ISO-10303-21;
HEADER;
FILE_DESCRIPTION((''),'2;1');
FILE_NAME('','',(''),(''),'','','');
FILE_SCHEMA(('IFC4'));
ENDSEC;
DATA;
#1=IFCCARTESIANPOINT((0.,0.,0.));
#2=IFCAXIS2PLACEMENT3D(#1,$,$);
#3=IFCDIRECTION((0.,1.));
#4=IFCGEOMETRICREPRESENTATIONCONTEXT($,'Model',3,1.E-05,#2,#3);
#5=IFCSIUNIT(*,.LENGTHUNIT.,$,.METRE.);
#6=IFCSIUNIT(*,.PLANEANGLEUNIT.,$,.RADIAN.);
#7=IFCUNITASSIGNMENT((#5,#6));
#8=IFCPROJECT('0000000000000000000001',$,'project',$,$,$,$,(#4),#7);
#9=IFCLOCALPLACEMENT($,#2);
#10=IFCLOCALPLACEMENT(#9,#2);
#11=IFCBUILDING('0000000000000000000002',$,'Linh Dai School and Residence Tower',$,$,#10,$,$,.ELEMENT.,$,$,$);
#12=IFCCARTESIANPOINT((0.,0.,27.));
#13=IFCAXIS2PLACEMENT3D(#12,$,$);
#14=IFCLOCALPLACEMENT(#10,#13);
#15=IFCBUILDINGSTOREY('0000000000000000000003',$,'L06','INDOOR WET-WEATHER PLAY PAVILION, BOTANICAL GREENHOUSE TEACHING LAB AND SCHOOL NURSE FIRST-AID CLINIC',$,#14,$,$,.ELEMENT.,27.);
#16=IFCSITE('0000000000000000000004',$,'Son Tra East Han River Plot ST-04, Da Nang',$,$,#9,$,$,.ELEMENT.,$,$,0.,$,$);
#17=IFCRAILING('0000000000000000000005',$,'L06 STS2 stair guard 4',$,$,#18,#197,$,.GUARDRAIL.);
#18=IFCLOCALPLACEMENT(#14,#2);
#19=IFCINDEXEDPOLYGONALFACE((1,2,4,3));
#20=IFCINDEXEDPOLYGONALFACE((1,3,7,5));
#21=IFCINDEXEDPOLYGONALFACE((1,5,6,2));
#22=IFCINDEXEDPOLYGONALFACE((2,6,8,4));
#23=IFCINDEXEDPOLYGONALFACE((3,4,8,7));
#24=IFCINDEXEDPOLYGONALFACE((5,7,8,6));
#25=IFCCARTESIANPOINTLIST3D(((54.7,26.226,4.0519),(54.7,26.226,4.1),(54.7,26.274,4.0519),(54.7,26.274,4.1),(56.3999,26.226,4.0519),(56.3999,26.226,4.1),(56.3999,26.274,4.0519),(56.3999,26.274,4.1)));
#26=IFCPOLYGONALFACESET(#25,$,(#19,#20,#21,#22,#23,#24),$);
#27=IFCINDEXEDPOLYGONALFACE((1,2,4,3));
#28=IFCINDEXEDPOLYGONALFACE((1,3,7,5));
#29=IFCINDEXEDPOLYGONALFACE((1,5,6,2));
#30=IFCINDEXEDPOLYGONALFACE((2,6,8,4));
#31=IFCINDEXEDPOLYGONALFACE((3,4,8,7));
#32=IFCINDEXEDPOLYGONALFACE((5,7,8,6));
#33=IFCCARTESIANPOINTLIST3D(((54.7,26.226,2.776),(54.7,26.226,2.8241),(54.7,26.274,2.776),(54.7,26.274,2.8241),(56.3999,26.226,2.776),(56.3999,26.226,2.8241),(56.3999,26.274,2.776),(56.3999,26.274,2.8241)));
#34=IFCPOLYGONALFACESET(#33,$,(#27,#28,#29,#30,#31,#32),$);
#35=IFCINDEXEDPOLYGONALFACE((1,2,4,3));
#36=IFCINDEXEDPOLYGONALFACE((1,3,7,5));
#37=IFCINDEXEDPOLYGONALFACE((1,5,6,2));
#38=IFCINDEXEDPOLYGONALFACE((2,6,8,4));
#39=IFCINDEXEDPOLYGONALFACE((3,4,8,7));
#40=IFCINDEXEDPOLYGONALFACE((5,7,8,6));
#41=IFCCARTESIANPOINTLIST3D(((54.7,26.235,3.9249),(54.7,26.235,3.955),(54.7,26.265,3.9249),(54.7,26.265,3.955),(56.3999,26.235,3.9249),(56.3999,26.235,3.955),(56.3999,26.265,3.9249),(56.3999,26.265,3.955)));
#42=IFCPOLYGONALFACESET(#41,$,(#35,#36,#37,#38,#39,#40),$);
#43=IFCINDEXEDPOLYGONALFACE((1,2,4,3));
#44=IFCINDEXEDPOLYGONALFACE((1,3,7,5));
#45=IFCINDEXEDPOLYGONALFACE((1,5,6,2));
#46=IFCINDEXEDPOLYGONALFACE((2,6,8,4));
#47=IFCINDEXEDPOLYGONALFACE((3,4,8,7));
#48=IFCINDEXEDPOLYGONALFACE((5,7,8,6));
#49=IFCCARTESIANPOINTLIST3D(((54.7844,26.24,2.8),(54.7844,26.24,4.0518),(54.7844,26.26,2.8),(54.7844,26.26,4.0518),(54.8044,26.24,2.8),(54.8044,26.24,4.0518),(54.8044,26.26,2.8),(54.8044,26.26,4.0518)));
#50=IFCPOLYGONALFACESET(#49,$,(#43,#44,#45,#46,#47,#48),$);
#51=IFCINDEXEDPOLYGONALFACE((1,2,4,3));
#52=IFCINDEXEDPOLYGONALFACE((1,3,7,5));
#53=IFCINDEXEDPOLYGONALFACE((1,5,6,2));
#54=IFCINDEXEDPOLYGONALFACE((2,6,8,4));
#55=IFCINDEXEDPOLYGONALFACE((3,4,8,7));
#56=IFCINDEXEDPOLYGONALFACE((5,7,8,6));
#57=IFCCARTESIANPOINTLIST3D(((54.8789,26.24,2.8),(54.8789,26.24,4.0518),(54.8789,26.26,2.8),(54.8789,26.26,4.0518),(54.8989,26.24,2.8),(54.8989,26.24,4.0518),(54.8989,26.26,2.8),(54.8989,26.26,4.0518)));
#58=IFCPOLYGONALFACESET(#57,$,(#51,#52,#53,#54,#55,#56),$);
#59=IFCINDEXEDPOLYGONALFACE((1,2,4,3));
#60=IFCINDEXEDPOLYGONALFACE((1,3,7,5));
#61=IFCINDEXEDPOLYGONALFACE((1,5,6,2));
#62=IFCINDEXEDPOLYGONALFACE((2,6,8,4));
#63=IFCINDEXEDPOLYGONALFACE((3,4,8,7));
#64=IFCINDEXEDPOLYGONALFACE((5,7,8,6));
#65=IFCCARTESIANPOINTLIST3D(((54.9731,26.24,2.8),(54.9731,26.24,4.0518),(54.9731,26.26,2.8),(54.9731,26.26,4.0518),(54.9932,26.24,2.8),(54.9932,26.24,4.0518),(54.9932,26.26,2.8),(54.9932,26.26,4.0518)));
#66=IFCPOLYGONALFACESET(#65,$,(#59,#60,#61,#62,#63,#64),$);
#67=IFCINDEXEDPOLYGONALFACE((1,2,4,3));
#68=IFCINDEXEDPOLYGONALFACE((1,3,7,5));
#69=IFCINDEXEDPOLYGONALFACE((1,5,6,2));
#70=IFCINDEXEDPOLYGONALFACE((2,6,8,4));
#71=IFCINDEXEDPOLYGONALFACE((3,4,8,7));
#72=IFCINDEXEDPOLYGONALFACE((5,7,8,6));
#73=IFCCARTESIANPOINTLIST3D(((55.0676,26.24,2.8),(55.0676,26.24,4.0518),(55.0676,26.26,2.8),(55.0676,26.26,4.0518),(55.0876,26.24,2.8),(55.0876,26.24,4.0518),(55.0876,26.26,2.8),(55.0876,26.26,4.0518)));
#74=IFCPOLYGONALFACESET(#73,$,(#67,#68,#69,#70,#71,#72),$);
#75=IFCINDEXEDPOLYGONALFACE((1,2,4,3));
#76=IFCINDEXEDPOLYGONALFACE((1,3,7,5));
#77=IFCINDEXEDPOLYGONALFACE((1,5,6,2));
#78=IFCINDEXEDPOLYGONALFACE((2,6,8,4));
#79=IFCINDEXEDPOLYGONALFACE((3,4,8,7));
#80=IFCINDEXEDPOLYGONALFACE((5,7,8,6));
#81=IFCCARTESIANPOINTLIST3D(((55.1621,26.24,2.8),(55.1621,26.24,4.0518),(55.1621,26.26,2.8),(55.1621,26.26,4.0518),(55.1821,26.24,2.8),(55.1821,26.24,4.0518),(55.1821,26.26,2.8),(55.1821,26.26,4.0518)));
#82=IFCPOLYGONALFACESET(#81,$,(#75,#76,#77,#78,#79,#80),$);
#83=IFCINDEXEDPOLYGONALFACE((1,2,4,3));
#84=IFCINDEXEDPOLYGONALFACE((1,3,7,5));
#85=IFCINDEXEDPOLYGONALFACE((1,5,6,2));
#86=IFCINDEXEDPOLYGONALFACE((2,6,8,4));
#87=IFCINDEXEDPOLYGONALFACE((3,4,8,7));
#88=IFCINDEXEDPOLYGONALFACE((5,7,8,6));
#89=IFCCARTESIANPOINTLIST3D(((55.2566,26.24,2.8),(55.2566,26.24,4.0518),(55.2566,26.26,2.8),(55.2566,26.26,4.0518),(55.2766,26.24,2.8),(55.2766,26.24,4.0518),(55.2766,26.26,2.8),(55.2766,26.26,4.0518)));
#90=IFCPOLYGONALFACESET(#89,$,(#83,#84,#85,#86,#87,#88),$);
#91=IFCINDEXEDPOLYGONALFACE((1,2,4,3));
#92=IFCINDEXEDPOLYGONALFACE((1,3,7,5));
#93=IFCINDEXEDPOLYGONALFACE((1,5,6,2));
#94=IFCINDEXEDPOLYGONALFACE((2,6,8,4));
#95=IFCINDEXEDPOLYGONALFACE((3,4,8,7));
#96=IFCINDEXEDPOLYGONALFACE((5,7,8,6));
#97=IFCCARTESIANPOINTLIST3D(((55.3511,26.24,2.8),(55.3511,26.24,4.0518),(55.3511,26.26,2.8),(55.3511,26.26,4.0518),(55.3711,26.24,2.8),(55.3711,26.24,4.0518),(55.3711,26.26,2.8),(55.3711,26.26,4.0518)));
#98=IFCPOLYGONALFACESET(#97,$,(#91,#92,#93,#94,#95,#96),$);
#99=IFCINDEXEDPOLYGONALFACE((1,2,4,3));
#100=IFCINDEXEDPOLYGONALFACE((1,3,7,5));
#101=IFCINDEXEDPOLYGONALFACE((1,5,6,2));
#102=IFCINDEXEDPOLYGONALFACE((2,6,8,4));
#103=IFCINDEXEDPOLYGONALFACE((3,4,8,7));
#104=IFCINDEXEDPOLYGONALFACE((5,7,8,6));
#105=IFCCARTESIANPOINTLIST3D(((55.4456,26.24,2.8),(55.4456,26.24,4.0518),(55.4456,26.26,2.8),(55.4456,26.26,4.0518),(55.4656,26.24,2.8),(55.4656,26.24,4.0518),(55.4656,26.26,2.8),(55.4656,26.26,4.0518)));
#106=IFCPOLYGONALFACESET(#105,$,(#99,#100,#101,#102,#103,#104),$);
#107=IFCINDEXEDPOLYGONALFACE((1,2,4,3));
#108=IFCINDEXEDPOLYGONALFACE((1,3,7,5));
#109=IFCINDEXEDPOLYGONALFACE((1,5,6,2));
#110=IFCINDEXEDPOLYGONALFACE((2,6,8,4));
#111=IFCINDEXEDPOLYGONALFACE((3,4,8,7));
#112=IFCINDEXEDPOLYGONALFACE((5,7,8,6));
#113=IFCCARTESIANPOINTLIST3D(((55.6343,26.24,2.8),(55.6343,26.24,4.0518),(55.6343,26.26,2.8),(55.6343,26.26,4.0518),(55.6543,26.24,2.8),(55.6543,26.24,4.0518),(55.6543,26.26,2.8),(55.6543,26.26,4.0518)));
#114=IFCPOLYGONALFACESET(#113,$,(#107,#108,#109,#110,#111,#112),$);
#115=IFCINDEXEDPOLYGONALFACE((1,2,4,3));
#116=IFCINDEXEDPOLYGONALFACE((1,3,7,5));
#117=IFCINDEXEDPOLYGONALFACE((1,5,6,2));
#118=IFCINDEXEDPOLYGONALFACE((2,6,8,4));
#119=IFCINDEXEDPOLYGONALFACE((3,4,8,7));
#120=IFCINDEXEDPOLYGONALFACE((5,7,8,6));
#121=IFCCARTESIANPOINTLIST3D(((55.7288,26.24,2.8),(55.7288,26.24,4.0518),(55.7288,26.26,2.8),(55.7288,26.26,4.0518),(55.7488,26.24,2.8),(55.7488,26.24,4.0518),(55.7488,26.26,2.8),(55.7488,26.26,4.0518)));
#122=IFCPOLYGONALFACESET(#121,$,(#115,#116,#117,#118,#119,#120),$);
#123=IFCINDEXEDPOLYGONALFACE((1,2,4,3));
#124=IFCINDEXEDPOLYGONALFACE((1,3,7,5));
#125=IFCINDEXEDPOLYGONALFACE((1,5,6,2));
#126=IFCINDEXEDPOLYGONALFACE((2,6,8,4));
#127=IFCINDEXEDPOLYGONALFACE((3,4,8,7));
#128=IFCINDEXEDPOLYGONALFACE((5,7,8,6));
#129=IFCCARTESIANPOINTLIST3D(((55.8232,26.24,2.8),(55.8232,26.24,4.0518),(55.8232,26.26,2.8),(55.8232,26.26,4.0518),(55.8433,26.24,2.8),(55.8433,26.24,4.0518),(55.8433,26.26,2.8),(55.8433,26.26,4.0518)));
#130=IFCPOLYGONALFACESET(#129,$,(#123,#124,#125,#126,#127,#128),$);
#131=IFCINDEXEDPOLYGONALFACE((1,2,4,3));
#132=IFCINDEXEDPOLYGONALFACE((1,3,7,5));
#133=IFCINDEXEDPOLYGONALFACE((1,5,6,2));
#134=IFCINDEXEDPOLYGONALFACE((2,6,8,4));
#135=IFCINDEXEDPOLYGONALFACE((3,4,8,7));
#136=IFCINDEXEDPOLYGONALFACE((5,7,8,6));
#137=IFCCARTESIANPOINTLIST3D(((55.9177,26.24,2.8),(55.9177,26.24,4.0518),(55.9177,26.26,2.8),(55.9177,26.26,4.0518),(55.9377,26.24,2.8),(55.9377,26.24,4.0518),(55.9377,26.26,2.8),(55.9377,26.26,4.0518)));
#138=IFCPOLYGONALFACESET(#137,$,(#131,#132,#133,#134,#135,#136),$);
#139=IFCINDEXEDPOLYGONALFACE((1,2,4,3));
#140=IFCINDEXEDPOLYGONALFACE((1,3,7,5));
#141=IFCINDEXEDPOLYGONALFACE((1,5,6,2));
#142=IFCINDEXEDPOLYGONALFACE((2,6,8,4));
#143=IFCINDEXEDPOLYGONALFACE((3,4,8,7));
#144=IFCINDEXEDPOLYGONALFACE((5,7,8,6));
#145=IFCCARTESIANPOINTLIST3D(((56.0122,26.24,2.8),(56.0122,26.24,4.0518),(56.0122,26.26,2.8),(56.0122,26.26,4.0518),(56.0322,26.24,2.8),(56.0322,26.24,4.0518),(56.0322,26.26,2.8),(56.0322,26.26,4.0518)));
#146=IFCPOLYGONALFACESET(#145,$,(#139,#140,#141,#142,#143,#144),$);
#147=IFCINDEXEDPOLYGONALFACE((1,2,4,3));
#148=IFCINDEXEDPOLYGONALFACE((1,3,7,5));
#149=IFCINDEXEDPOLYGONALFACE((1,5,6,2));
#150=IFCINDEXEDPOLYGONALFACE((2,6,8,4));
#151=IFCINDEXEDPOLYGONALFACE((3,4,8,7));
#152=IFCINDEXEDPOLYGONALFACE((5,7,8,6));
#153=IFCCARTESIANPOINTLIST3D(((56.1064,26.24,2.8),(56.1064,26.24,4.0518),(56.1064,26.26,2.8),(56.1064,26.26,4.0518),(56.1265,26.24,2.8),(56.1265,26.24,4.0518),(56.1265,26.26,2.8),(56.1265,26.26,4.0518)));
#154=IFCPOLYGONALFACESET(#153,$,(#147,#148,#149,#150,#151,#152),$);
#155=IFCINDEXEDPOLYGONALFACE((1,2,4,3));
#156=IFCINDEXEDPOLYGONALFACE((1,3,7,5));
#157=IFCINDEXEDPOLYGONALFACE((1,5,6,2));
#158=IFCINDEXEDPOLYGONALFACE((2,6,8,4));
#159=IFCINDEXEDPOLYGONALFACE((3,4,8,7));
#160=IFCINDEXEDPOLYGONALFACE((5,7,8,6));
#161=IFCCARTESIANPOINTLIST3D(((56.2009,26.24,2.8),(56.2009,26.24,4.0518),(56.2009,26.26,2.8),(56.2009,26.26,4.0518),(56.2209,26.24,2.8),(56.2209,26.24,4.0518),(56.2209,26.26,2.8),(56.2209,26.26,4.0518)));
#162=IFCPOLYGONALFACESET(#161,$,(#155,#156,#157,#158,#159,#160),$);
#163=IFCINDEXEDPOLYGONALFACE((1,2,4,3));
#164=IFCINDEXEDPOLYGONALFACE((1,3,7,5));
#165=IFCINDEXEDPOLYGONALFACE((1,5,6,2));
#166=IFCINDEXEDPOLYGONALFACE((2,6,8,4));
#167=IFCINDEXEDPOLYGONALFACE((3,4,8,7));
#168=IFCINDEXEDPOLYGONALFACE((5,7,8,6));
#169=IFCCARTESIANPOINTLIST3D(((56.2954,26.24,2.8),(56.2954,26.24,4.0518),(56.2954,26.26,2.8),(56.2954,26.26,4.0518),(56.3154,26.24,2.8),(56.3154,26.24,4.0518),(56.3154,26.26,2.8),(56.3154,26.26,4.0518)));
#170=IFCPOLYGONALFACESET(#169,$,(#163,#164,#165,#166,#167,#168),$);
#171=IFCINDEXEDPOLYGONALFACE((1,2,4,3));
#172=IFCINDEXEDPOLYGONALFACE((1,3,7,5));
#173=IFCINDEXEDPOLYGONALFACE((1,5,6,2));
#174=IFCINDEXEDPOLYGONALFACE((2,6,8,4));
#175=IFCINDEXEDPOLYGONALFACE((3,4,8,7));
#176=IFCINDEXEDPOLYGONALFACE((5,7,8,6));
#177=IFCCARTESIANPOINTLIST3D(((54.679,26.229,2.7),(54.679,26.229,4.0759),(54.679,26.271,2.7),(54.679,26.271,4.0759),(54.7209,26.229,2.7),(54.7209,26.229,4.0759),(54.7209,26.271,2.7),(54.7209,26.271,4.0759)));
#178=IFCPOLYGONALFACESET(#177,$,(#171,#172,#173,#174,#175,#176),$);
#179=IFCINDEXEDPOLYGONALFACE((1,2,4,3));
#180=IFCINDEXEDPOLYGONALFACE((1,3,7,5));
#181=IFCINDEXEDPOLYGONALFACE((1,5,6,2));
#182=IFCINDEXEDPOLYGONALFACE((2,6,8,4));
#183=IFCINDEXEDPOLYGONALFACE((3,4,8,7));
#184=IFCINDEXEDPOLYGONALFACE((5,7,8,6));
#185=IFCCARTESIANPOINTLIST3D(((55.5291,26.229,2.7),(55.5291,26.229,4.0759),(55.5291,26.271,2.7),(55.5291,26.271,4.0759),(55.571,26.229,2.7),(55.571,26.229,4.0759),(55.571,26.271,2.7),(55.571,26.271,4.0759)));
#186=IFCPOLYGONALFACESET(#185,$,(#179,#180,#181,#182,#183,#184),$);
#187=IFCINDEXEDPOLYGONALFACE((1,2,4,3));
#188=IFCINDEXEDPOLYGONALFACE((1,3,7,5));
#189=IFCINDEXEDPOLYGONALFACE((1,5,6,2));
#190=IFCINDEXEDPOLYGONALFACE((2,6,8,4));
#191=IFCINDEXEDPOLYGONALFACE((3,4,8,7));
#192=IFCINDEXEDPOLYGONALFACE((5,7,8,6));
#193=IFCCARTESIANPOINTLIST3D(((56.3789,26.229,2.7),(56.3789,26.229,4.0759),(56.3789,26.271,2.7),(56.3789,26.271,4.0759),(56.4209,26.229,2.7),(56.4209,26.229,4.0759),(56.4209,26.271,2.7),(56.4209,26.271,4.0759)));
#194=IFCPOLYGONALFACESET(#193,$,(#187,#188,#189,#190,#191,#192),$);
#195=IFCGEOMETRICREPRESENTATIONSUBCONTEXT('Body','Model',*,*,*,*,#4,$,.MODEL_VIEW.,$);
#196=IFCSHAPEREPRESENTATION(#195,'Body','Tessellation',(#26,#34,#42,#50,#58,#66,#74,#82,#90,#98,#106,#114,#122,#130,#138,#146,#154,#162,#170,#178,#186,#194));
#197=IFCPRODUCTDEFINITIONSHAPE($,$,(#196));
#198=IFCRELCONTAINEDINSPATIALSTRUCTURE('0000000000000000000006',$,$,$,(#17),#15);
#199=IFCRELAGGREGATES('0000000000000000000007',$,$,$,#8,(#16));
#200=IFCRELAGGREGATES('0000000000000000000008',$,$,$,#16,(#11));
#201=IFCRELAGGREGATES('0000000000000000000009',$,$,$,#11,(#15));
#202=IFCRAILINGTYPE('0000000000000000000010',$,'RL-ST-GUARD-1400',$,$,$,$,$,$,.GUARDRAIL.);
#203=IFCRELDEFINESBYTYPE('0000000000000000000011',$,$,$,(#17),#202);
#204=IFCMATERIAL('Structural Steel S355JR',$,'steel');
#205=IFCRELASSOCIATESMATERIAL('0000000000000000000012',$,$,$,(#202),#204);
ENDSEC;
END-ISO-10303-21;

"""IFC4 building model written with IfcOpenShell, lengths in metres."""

from ifc_helpers import new_model, si_unit, direction, frame, origin, origin_2d, place, context, subcontext, project, spatial, rectangle, extrude, source, transform, mapped, material, type_object, element, save


model = new_model("IFC4")

# Units and contexts
model_context = context("Model", 3, precision=1e-05, world=origin(), true_north=direction((0.0, 1.0)))
body_context = subcontext(model_context, "Body", "Model", "MODEL_VIEW")
ifc_project = project(units=[si_unit("LENGTHUNIT", "METRE"), si_unit("PLANEANGLEUNIT", "RADIAN")], contexts=[model_context])

# Site, building, storey
site_placement = place(None, origin())
site = spatial("IfcSite", under=ifc_project, at=site_placement, Name="Son Tra East Han River Plot ST-04, Da Nang", CompositionType="ELEMENT", RefElevation=0.0)
building_placement = place(site_placement, origin())
building = spatial("IfcBuilding", under=site, at=building_placement, Name="Linh Dai School and Residence Tower", CompositionType="ELEMENT")
storey_placement = place(building_placement, frame((0.0, 0.0, 27.0)))
storey = spatial("IfcBuildingStorey", under=building, at=storey_placement, Name="L06", Description="INDOOR WET-WEATHER PLAY PAVILION, BOTANICAL GREENHOUSE TEACHING LAB AND SCHOOL NURSE FIRST-AID CLINIC", CompositionType="ELEMENT", Elevation=27.0)

# Shared definitions
ifc_material_1 = material(Name="Structural Steel S355JR", Category="steel")

# Railing
railing_type_1 = type_object("IfcRailingType", Name="RL-ST-GUARD-1400", PredefinedType="GUARDRAIL", material=ifc_material_1)
shared_shape_1 = source(origin(), body_context, "Body", "SweptSolid", [
    extrude(rectangle(XDim=0.0481, YDim=0.0481, at=origin_2d()), frame((0.0, 0.0, 1.376), z_axis=(1.0, 0.0, 0.0), x_axis=(0.0, 1.0, 0.0)), (0.0, 0.0, 1.0), 1.7),
    extrude(rectangle(XDim=0.0481, YDim=0.0481, at=origin_2d()), frame((0.0, 0.0, 0.1001), z_axis=(1.0, 0.0, 0.0), x_axis=(0.0, 1.0, 0.0)), (0.0, 0.0, 1.0), 1.7),
    extrude(rectangle(XDim=0.03, YDim=0.03, at=origin_2d()), frame((0.0, 0.0, 1.24), z_axis=(1.0, 0.0, 0.0), x_axis=(0.0, 1.0, 0.0)), (0.0, 0.0, 1.0), 1.7),
    extrude(rectangle(XDim=0.02, YDim=0.02, at=origin_2d()), frame((0.0945, 0.0, 0.1001)), (0.0, 0.0, 1.0), 1.2517),
    extrude(rectangle(XDim=0.02, YDim=0.02, at=origin_2d()), frame((0.189, 0.0, 0.1001)), (0.0, 0.0, 1.0), 1.2517),
    extrude(rectangle(XDim=0.02, YDim=0.02, at=origin_2d()), frame((0.2832, 0.0, 0.1001)), (0.0, 0.0, 1.0), 1.2517),
    extrude(rectangle(XDim=0.02, YDim=0.02, at=origin_2d()), frame((0.3777, 0.0, 0.1001)), (0.0, 0.0, 1.0), 1.2517),
    extrude(rectangle(XDim=0.02, YDim=0.02, at=origin_2d()), frame((0.4722, 0.0, 0.1001)), (0.0, 0.0, 1.0), 1.2517),
    extrude(rectangle(XDim=0.02, YDim=0.02, at=origin_2d()), frame((0.5667, 0.0, 0.1001)), (0.0, 0.0, 1.0), 1.2517),
    extrude(rectangle(XDim=0.02, YDim=0.02, at=origin_2d()), frame((0.6611, 0.0, 0.1001)), (0.0, 0.0, 1.0), 1.2517),
    extrude(rectangle(XDim=0.02, YDim=0.02, at=origin_2d()), frame((0.7556, 0.0, 0.1001)), (0.0, 0.0, 1.0), 1.2517),
    extrude(rectangle(XDim=0.02, YDim=0.02, at=origin_2d()), frame((0.9443, 0.0, 0.1001)), (0.0, 0.0, 1.0), 1.2517),
    extrude(rectangle(XDim=0.02, YDim=0.02, at=origin_2d()), frame((1.0388, 0.0, 0.1001)), (0.0, 0.0, 1.0), 1.2517),
    extrude(rectangle(XDim=0.02, YDim=0.02, at=origin_2d()), frame((1.1333, 0.0, 0.1001)), (0.0, 0.0, 1.0), 1.2517),
    extrude(rectangle(XDim=0.02, YDim=0.02, at=origin_2d()), frame((1.2278, 0.0, 0.1001)), (0.0, 0.0, 1.0), 1.2517),
    extrude(rectangle(XDim=0.02, YDim=0.02, at=origin_2d()), frame((1.3223, 0.0, 0.1001)), (0.0, 0.0, 1.0), 1.2517),
    extrude(rectangle(XDim=0.02, YDim=0.02, at=origin_2d()), frame((1.4165, 0.0, 0.1001)), (0.0, 0.0, 1.0), 1.2517),
    extrude(rectangle(XDim=0.02, YDim=0.02, at=origin_2d()), frame((1.511, 0.0, 0.1001)), (0.0, 0.0, 1.0), 1.2517),
    extrude(rectangle(XDim=0.02, YDim=0.02, at=origin_2d()), frame((1.6055, 0.0, 0.1001)), (0.0, 0.0, 1.0), 1.2517),
    extrude(rectangle(XDim=0.042, YDim=0.042, at=origin_2d()), origin(), (0.0, 0.0, 1.0), 1.376),
    extrude(rectangle(XDim=0.042, YDim=0.042, at=origin_2d()), frame((0.8501, 0.0, 0.0)), (0.0, 0.0, 1.0), 1.376),
    extrude(rectangle(XDim=0.042, YDim=0.042, at=origin_2d()), frame((1.7, 0.0, 0.0)), (0.0, 0.0, 1.0), 1.376),
])
railing_1_placement = place(storey_placement, frame((54.7, 26.25, 2.7)))
element("IfcRailing", 1, at=railing_1_placement, inside=storey, type_object=railing_type_1, Name="L06 STS2 stair guard 4", PredefinedType="GUARDRAIL", context=body_context, shape_type="MappedRepresentation", body=[
    mapped(shared_shape_1, transform((0.0, 0.0, 0.0), x_axis=(1.0, 0.0, 0.0), y_axis=(0.0, 1.0, 0.0), z_axis=(0.0, 0.0, 1.0), scale=1.0)),
])

save(model, "model.ifc")
